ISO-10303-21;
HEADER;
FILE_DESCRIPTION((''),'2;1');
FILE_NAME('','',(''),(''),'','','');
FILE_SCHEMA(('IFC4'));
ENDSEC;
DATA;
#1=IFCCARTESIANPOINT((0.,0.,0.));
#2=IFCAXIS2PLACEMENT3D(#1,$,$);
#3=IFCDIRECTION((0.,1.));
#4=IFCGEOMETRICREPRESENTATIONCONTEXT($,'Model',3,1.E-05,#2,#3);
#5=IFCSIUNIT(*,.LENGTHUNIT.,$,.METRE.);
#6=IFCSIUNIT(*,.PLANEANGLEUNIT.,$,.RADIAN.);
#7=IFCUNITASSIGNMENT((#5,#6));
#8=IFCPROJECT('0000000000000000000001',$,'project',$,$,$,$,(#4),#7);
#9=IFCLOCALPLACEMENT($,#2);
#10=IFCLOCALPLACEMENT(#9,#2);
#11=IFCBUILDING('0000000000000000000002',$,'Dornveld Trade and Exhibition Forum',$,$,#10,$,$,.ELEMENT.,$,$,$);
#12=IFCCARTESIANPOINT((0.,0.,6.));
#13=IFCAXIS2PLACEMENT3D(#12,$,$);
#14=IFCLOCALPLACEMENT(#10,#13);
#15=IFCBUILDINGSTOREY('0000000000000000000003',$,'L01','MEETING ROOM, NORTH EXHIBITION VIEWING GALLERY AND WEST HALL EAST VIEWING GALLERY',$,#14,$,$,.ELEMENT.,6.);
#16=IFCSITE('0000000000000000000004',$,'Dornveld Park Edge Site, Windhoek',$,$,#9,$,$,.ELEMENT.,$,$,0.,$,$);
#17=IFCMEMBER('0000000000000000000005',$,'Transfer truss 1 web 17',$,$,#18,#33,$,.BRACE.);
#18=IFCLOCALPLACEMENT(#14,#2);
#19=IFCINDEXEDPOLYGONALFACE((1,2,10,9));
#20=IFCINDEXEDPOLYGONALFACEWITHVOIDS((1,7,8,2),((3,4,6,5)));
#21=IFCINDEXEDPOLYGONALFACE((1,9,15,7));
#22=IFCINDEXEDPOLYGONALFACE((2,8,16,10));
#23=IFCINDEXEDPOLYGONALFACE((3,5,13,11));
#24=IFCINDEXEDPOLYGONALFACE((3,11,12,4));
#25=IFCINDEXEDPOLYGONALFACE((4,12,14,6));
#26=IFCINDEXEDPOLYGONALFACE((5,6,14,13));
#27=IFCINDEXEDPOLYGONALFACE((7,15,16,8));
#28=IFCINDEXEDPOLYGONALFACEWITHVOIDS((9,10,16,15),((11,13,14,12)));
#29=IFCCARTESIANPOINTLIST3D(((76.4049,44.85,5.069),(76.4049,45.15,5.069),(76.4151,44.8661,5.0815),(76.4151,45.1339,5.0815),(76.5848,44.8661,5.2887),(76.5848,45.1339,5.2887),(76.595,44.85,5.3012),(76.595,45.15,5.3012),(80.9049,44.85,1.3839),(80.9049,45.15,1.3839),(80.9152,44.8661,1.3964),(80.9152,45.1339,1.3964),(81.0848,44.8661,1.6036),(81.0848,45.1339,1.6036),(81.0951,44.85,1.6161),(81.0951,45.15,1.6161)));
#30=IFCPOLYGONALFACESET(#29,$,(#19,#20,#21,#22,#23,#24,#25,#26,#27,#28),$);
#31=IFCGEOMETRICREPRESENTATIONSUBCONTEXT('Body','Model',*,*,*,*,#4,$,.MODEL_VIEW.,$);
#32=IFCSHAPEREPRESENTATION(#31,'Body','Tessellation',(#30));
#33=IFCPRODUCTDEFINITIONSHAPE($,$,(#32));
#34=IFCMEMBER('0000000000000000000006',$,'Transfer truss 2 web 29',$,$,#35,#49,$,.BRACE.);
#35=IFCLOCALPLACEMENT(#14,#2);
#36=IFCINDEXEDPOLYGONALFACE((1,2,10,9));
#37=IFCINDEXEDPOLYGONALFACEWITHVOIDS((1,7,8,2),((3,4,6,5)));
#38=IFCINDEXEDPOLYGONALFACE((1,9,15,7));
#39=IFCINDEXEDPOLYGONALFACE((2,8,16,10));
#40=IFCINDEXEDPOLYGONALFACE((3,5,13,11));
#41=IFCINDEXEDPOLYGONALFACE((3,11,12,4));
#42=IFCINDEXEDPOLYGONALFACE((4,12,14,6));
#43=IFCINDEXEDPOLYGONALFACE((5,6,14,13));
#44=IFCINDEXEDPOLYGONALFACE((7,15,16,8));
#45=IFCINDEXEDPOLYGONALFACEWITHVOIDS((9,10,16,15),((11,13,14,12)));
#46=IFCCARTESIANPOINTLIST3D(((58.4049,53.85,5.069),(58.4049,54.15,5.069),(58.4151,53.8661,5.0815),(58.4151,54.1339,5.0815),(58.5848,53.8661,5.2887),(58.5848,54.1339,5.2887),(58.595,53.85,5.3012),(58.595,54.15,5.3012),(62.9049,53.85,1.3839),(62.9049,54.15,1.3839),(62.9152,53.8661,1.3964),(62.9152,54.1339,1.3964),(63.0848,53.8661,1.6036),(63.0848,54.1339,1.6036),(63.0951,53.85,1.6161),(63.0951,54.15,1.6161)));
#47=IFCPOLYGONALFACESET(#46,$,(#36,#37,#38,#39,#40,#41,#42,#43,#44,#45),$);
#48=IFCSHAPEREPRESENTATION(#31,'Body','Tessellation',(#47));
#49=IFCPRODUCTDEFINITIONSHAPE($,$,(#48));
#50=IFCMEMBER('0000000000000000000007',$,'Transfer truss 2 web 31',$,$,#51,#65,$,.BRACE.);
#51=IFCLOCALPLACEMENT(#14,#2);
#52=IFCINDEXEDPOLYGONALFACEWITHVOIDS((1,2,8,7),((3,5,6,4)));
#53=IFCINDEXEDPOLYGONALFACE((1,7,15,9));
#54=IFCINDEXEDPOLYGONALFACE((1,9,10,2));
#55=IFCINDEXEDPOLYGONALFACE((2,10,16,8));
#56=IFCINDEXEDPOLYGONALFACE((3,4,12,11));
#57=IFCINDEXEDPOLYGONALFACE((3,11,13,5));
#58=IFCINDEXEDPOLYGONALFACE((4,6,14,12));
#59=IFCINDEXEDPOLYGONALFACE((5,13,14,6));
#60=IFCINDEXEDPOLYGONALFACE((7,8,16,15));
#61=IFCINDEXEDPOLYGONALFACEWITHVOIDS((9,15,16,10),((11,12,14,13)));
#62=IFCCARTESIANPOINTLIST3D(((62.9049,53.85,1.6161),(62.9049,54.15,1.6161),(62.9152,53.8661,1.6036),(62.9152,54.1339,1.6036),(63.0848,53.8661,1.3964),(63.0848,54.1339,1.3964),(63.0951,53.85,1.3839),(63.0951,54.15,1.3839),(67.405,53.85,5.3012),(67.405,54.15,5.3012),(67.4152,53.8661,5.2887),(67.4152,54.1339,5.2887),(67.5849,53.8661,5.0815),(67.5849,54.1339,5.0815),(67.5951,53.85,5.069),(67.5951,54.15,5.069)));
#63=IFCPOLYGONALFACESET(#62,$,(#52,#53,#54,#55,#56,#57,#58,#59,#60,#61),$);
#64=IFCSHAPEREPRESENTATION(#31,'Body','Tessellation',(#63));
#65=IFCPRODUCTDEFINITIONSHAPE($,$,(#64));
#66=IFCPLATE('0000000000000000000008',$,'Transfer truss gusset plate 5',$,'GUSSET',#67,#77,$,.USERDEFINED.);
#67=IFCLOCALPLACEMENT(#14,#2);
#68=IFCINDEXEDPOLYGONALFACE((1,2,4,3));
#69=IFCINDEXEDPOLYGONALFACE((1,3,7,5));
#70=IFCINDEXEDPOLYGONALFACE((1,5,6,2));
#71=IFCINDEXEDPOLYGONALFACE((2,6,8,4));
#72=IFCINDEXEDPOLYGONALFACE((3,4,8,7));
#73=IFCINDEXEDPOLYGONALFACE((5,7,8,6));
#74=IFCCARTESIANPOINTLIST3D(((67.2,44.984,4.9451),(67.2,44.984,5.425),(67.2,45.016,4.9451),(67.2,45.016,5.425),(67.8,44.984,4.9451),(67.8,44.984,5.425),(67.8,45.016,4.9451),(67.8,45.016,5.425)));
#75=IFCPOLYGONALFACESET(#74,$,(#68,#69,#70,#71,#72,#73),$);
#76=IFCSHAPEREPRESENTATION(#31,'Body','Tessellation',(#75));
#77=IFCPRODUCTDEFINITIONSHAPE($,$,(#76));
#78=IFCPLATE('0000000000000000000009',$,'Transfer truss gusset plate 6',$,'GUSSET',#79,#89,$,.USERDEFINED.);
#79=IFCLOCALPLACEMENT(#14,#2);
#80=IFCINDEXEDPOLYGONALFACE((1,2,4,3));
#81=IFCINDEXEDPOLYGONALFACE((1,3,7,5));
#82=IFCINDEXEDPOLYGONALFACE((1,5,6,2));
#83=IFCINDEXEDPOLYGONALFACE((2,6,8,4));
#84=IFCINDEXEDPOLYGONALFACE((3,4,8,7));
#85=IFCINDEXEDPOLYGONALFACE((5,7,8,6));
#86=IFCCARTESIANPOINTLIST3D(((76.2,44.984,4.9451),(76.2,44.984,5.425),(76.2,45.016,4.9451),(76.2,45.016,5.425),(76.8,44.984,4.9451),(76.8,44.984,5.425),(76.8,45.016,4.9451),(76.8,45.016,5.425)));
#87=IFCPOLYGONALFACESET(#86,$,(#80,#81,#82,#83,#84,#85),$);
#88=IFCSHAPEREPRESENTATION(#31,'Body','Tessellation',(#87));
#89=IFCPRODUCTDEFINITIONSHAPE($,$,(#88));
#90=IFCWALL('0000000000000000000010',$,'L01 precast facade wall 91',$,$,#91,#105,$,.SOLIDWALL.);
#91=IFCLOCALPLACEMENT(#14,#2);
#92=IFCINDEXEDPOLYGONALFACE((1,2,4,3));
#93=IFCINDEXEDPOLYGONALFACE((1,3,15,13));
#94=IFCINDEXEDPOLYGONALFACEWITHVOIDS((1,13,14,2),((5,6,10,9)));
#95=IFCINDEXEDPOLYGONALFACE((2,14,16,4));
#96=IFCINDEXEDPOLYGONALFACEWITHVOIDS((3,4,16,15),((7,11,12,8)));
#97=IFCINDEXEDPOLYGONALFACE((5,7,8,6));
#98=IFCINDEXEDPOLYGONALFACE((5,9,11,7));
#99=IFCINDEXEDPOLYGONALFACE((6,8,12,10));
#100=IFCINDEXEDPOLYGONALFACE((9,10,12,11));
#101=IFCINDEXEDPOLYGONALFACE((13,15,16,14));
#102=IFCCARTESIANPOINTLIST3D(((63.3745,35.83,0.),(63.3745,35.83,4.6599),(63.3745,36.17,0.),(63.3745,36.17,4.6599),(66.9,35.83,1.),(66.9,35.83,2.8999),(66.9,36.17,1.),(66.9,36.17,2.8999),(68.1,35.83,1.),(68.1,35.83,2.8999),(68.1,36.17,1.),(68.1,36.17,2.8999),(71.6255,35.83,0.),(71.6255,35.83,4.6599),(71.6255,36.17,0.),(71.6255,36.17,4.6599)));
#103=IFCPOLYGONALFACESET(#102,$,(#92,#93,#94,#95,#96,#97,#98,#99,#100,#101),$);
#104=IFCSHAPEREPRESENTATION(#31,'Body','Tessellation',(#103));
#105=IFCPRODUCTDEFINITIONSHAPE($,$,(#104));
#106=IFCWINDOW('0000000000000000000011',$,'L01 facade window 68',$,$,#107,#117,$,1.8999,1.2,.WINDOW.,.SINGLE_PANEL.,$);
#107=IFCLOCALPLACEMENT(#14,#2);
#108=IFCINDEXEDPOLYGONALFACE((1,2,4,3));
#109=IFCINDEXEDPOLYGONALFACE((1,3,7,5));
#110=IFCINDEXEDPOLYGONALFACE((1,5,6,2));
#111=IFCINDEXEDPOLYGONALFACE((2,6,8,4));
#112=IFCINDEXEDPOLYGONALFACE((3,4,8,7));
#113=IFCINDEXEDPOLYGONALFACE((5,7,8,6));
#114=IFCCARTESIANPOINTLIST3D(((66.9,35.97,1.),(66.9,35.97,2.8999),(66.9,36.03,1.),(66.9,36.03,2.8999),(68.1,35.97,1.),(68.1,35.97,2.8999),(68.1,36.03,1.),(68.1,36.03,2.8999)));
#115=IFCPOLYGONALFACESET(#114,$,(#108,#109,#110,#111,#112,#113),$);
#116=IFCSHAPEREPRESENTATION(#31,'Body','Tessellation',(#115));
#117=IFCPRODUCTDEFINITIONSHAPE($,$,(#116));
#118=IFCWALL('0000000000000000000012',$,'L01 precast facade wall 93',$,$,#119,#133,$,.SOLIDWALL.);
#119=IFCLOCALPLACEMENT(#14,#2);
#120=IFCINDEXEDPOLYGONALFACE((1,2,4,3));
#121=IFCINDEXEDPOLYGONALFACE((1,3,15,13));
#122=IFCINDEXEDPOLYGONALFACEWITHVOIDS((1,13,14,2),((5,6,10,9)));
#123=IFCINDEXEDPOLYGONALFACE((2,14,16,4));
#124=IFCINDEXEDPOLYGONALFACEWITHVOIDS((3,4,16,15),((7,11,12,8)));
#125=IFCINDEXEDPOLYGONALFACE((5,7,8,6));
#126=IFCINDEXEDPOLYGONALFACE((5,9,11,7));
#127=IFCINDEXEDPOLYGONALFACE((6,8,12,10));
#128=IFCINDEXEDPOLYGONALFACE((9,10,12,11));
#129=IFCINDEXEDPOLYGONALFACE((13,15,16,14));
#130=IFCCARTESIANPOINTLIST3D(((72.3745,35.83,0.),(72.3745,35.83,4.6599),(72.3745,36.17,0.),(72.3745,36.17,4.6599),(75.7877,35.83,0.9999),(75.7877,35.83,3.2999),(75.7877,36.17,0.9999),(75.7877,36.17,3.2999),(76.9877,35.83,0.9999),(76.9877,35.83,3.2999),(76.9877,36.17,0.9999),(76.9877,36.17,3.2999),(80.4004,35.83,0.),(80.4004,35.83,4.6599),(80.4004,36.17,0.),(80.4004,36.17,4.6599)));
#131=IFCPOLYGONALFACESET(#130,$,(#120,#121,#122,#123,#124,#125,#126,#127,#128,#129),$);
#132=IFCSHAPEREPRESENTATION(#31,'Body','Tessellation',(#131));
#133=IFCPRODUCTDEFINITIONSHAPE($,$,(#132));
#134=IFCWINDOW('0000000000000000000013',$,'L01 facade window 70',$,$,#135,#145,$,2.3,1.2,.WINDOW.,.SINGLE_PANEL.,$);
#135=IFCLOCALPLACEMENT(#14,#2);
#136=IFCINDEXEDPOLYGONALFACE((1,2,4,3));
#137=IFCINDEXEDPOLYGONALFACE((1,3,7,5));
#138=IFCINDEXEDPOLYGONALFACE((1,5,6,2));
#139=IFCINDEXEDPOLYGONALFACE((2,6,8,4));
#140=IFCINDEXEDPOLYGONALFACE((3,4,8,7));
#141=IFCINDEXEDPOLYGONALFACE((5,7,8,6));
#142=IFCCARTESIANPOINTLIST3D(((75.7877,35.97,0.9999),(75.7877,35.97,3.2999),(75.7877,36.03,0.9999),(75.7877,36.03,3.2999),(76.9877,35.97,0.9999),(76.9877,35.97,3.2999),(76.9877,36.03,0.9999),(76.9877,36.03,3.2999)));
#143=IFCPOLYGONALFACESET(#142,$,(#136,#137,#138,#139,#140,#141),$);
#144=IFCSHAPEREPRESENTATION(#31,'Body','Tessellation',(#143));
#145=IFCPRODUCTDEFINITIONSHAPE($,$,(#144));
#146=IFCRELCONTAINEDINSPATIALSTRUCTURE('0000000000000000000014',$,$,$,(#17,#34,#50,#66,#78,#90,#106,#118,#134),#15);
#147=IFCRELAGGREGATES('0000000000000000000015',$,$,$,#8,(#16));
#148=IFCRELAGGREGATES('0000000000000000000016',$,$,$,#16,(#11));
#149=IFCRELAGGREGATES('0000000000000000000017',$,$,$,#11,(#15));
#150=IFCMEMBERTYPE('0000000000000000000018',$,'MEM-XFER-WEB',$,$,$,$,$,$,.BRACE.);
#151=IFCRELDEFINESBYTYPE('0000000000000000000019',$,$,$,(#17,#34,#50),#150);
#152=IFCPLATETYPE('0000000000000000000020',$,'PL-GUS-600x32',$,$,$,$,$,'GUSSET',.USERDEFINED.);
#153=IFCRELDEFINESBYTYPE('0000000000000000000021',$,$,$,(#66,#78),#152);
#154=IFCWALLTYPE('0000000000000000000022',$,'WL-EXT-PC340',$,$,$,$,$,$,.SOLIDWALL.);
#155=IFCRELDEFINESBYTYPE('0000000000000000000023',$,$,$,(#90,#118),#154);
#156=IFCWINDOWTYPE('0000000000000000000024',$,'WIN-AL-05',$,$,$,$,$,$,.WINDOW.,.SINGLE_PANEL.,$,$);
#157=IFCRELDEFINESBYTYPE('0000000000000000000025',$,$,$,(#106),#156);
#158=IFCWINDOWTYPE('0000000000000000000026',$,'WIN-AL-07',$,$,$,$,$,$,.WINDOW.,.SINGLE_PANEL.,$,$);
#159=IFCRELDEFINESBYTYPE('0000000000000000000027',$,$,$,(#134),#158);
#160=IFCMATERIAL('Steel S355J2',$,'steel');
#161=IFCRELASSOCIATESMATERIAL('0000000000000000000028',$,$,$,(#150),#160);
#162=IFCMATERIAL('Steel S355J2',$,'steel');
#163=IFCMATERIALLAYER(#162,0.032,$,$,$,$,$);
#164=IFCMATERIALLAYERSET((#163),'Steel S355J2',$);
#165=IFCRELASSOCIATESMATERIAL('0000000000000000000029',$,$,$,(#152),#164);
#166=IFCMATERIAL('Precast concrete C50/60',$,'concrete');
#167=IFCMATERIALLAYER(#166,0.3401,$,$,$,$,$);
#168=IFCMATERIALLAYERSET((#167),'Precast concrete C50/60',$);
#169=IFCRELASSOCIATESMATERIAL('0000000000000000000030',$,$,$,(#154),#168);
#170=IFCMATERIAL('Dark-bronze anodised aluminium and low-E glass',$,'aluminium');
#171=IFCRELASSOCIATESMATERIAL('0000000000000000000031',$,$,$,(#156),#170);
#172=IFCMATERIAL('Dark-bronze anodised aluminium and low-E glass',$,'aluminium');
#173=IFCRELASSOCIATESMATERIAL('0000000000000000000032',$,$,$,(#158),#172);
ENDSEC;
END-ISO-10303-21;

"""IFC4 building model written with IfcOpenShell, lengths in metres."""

from ifc_helpers import new_model, si_unit, direction, frame, frame_2d, origin, origin_2d, place, context, subcontext, project, spatial, rectangle, hollow_rectangle, extrude, material, layer, layer_set, material_profile, profile_set, type_object, element, fill, save


model = new_model("IFC4")

# Units and contexts
model_context = context("Model", 3, precision=1e-05, world=origin(), true_north=direction((0.0, 1.0)))
body_context = subcontext(model_context, "Body", "Model", "MODEL_VIEW")
ifc_project = project(units=[si_unit("LENGTHUNIT", "METRE"), si_unit("PLANEANGLEUNIT", "RADIAN")], contexts=[model_context])

# Site, building, storey
site_placement = place(None, origin())
site = spatial("IfcSite", under=ifc_project, at=site_placement, Name="Dornveld Park Edge Site, Windhoek", CompositionType="ELEMENT", RefElevation=0.0)
building_placement = place(site_placement, origin())
building = spatial("IfcBuilding", under=site, at=building_placement, Name="Dornveld Trade and Exhibition Forum", CompositionType="ELEMENT")
storey_placement = place(building_placement, frame((0.0, 0.0, 6.0)))
storey = spatial("IfcBuildingStorey", under=building, at=storey_placement, Name="L01", Description="MEETING ROOM, NORTH EXHIBITION VIEWING GALLERY AND WEST HALL EAST VIEWING GALLERY", CompositionType="ELEMENT", Elevation=6.0)

# Members
ifc_material_1 = material(Name="Steel S355J2", Category="steel")
ifc_material_profile_1 = material_profile(ifc_material_1, hollow_rectangle(XDim=0.3, YDim=0.3, WallThickness=0.0161, at=origin_2d()), Name="SHS 300x300x16")
ifc_profile_set_1 = profile_set([ifc_material_profile_1], Name="Steel S355J2")
member_type_1 = type_object("IfcMemberType", Name="MEM-XFER-WEB", PredefinedType="BRACE", material=ifc_profile_set_1)
for number, where, z_axis, x_axis, name in (
    (1, (81.0, 45.0, 1.5), (-0.773684, 0.0, 0.633571), (0.0, -1.0, 0.0), "Transfer truss 1 web 17"),
    (2, (63.0, 54.0, 1.5), (-0.773684, 0.0, 0.633571), (0.0, -1.0, 0.0), "Transfer truss 2 web 29"),
    (3, (63.0, 54.0, 1.5), (0.773684, 0.0, 0.633571), (0.0, 1.0, 0.0), "Transfer truss 2 web 31"),
):
    element("IfcMember", number, at=place(storey_placement, frame(where, z_axis=z_axis, x_axis=x_axis)), inside=storey, type_object=member_type_1, Name=name, PredefinedType="BRACE", context=body_context, shape_type="SweptSolid", body=[
        extrude(hollow_rectangle(XDim=0.3, YDim=0.3, WallThickness=0.0161, at=origin_2d()), origin(), (0.0, 0.0, 1.0), 5.8164),
    ])

# Plates
ifc_material_2 = material(Name="Steel S355J2", Category="steel")
ifc_layer_1 = layer(ifc_material_2, 0.032)
ifc_layer_set_1 = layer_set([ifc_layer_1], Name="Steel S355J2")
plate_type = type_object("IfcPlateType", Name="PL-GUS-600x32", ElementType="GUSSET", PredefinedType="USERDEFINED", material=ifc_layer_set_1)
for number, where, z_axis, x_axis, name in (
    (4, (67.5, 45.0, 4.9451), (0.0, 0.0, 1.0), (1.0, 0.0, 0.0), "Transfer truss gusset plate 5"),
    (5, (76.5, 45.0, 4.9451), (0.0, 0.0, 1.0), (1.0, 0.0, 0.0), "Transfer truss gusset plate 6"),
):
    element("IfcPlate", number, at=place(storey_placement, frame(where, z_axis=z_axis, x_axis=x_axis)), inside=storey, type_object=plate_type, Name=name, ObjectType="GUSSET", PredefinedType="USERDEFINED", context=body_context, shape_type="SweptSolid", body=[
        extrude(rectangle(XDim=0.6001, YDim=0.032, at=origin_2d()), origin(), (0.0, 0.0, 1.0), 0.48),
    ])

# Walls, openings, windows
ifc_material_3 = material(Name="Precast concrete C50/60", Category="concrete")
ifc_layer_2 = layer(ifc_material_3, 0.3401)
ifc_layer_set_2 = layer_set([ifc_layer_2], Name="Precast concrete C50/60")
wall_type = type_object("IfcWallType", Name="WL-EXT-PC340", PredefinedType="SOLIDWALL", material=ifc_layer_set_2)
wall_1_placement = place(storey_placement, frame((63.3745, 36.0, 0.0), z_axis=(0.0, 0.0, 1.0), x_axis=(1.0, 0.0, 0.0)))
wall_1 = element("IfcWall", 6, at=wall_1_placement, inside=storey, type_object=wall_type, Name="L01 precast facade wall 91", PredefinedType="SOLIDWALL", context=body_context, shape_type="SweptSolid", body=[
    extrude(rectangle(XDim=8.251, YDim=0.3401, at=frame_2d((4.1255, 0.0))), origin(), (0.0, 0.0, 1.0), 4.6599),
])
opening_1_placement = place(wall_1_placement, frame((3.5254, 0.0, 1.0)))
opening_1 = element("IfcOpeningElement", 7, at=opening_1_placement, cuts=wall_1, PredefinedType="OPENING", context=body_context, shape_type="SweptSolid", body=[
    extrude(rectangle(XDim=1.2, YDim=1.8999, at=frame_2d((0.6001, 0.95))), frame((0.0, 0.1799, 0.0), z_axis=(0.0, -1.0, 0.0), x_axis=(1.0, 0.0, 0.0)), (0.0, 0.0, 1.0), 0.3601),
])
ifc_material_4 = material(Name="Dark-bronze anodised aluminium and low-E glass", Category="aluminium")
window_type_1 = type_object("IfcWindowType", Name="WIN-AL-05", PartitioningType="SINGLE_PANEL", PredefinedType="WINDOW", material=ifc_material_4)
window_1_placement = place(opening_1_placement, origin())
window_1 = element("IfcWindow", 8, at=window_1_placement, inside=storey, type_object=window_type_1, Name="L01 facade window 68", OverallHeight=1.8999, OverallWidth=1.2, PartitioningType="SINGLE_PANEL", PredefinedType="WINDOW", context=body_context, shape_type="SweptSolid", body=[
    extrude(rectangle(XDim=1.2, YDim=1.8999, at=frame_2d((0.6001, 0.95))), frame((0.0, 0.03, 0.0), z_axis=(0.0, -1.0, 0.0), x_axis=(1.0, 0.0, 0.0)), (0.0, 0.0, 1.0), 0.0601),
])
fill(opening_1, window_1)
wall_2_placement = place(storey_placement, frame((72.3745, 36.0, 0.0), z_axis=(0.0, 0.0, 1.0), x_axis=(1.0, 0.0, 0.0)))
wall_2 = element("IfcWall", 9, at=wall_2_placement, inside=storey, type_object=wall_type, Name="L01 precast facade wall 93", PredefinedType="SOLIDWALL", context=body_context, shape_type="SweptSolid", body=[
    extrude(rectangle(XDim=8.0259, YDim=0.3401, at=frame_2d((4.0129, 0.0))), origin(), (0.0, 0.0, 1.0), 4.6599),
])
opening_2_placement = place(wall_2_placement, frame((3.4131, 0.0, 1.0)))
opening_2 = element("IfcOpeningElement", 10, at=opening_2_placement, cuts=wall_2, PredefinedType="OPENING", context=body_context, shape_type="SweptSolid", body=[
    extrude(rectangle(XDim=1.2, YDim=2.3, at=frame_2d((0.6001, 1.1499))), frame((0.0, 0.1799, 0.0), z_axis=(0.0, -1.0, 0.0), x_axis=(1.0, 0.0, 0.0)), (0.0, 0.0, 1.0), 0.3601),
])
ifc_material_5 = material(Name="Dark-bronze anodised aluminium and low-E glass", Category="aluminium")
window_type_2 = type_object("IfcWindowType", Name="WIN-AL-07", PartitioningType="SINGLE_PANEL", PredefinedType="WINDOW", material=ifc_material_5)
window_2_placement = place(opening_2_placement, origin())
window_2 = element("IfcWindow", 11, at=window_2_placement, inside=storey, type_object=window_type_2, Name="L01 facade window 70", OverallHeight=2.3, OverallWidth=1.2, PartitioningType="SINGLE_PANEL", PredefinedType="WINDOW", context=body_context, shape_type="SweptSolid", body=[
    extrude(rectangle(XDim=1.2, YDim=2.3, at=frame_2d((0.6001, 1.1499))), frame((0.0, 0.03, 0.0), z_axis=(0.0, -1.0, 0.0), x_axis=(1.0, 0.0, 0.0)), (0.0, 0.0, 1.0), 0.0601),
])
fill(opening_2, window_2)

save(model, "model.ifc")
